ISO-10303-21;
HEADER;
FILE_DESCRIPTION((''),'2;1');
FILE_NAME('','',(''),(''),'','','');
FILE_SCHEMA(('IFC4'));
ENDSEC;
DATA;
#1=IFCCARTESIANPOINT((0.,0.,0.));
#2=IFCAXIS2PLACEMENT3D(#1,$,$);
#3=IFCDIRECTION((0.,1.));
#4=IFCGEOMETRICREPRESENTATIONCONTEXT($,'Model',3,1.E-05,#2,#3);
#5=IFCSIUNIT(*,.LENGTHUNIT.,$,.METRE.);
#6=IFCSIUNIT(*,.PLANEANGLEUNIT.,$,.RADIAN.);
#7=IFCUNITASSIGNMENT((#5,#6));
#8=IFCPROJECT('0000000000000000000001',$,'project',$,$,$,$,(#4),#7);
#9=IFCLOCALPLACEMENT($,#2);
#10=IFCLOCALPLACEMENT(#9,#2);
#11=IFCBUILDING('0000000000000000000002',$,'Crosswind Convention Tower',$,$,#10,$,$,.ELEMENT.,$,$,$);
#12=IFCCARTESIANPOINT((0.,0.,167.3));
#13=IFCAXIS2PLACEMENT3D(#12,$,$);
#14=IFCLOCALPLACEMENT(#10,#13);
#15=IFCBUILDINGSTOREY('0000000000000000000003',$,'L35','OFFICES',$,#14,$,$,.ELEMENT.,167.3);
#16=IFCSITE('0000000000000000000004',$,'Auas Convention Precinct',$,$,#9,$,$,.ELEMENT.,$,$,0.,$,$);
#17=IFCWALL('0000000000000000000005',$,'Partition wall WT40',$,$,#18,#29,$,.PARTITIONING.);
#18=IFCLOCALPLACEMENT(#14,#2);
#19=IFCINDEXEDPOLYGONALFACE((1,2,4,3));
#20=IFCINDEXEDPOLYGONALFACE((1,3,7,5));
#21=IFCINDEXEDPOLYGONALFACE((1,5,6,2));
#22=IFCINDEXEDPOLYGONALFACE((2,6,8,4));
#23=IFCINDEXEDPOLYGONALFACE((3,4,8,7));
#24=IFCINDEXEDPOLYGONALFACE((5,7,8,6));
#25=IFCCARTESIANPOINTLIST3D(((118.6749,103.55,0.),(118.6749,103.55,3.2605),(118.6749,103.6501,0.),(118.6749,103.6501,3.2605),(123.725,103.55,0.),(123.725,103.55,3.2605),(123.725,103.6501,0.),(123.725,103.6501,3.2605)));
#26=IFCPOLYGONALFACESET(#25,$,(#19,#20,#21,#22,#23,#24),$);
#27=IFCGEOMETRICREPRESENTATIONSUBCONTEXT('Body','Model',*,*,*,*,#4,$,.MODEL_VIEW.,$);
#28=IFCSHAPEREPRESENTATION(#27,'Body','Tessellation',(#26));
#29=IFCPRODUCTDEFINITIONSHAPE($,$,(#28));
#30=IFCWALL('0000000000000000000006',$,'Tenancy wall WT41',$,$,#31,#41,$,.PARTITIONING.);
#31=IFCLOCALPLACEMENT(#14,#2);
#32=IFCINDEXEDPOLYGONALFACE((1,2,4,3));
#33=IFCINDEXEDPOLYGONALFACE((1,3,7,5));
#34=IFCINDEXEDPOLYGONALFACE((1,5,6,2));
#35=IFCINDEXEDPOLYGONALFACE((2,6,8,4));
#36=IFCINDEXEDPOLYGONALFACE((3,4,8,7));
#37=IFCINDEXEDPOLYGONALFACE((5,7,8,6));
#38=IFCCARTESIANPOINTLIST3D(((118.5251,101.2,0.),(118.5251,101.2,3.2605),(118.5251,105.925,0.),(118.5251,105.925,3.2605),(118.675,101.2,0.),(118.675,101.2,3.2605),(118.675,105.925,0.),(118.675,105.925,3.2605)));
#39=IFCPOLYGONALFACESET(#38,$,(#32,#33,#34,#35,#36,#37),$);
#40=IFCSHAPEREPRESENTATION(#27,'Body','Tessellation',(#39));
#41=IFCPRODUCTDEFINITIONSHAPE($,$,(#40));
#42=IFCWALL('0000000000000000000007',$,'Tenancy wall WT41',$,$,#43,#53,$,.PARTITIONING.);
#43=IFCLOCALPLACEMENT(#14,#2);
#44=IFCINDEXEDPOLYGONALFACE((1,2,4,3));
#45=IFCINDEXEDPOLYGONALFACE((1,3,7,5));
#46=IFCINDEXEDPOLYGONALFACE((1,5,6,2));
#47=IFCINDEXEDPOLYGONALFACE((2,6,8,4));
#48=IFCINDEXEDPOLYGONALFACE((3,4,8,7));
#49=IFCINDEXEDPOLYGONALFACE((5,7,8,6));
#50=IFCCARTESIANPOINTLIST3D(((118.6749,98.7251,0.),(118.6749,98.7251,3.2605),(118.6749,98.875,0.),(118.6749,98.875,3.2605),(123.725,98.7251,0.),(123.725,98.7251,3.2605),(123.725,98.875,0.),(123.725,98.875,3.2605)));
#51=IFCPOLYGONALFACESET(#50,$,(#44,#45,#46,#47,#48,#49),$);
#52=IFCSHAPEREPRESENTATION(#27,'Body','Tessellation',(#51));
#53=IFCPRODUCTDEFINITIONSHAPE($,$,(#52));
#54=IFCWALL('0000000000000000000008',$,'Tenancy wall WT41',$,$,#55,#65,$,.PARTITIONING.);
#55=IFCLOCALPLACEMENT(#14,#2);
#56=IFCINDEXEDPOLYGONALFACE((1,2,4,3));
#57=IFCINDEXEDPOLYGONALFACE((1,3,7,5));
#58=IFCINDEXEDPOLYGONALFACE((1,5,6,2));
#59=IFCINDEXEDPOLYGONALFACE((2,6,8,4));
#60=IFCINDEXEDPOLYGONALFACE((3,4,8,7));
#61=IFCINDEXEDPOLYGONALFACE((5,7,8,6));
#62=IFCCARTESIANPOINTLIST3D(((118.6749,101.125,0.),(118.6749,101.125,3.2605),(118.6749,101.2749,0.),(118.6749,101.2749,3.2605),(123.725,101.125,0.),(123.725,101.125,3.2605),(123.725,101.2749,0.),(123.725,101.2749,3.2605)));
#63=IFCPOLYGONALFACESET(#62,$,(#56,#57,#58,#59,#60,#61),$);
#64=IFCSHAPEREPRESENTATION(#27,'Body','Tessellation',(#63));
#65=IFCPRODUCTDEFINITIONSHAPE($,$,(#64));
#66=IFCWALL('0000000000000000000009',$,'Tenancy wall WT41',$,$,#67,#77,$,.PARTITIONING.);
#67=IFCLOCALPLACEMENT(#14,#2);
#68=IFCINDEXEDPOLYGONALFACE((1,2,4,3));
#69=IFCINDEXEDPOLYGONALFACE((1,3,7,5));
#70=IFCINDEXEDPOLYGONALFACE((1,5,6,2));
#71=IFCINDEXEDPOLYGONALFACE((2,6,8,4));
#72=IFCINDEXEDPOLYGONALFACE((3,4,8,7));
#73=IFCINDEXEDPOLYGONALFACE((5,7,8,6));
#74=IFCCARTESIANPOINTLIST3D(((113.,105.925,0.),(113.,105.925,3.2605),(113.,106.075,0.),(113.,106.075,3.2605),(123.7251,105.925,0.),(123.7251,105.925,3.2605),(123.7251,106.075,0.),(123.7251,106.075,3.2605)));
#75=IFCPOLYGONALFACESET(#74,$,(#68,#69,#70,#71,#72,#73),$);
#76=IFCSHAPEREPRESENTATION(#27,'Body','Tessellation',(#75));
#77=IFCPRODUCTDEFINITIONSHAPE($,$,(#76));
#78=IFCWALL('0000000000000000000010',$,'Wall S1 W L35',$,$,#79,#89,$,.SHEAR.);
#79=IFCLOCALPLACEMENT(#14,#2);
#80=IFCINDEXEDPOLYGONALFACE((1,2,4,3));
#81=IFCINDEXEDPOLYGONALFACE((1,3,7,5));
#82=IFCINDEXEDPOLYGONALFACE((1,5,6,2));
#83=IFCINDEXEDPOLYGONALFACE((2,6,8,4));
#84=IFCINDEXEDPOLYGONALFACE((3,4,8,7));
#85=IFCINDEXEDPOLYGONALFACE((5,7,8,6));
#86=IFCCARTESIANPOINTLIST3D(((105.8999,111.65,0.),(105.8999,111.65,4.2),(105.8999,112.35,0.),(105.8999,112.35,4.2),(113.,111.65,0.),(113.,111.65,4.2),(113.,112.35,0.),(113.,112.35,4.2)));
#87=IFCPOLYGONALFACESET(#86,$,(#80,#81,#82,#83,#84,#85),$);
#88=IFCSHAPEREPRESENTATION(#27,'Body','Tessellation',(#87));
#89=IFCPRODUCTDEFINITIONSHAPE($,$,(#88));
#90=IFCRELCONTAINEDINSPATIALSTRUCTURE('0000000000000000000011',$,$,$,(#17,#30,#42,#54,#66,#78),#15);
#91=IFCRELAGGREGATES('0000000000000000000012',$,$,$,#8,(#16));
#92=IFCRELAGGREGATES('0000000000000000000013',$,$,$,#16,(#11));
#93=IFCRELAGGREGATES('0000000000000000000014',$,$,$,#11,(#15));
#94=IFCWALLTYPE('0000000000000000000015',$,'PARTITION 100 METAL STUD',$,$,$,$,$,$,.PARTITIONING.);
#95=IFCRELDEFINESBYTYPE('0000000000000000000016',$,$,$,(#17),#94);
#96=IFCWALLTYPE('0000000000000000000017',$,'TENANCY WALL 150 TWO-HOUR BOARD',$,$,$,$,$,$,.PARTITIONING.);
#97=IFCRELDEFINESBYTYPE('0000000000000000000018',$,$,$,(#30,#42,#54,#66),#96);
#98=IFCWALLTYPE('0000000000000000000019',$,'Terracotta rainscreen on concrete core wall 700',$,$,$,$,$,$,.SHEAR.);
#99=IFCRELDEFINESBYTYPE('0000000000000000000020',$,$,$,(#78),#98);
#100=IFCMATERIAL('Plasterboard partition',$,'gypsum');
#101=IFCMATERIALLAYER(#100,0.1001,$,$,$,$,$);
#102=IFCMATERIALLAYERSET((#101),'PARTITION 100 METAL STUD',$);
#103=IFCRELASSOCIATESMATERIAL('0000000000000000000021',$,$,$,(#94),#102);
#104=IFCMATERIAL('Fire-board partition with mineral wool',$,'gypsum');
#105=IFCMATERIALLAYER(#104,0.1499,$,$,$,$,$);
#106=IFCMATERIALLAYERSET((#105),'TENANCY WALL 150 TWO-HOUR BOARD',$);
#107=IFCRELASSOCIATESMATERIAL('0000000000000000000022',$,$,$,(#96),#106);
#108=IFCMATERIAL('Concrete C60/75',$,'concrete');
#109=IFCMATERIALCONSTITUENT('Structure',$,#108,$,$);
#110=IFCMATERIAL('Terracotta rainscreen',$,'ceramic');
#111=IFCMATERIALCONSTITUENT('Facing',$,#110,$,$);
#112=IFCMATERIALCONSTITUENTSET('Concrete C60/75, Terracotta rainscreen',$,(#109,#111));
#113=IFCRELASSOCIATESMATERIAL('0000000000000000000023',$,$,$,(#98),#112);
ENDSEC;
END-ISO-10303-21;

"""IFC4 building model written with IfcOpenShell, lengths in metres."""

from ifc_helpers import new_model, si_unit, direction, frame, frame_2d, origin, place, context, subcontext, project, spatial, rectangle, extrude, material, layer, layer_set, constituent, constituent_set, type_object, element, save


model = new_model("IFC4")

# Units and contexts
model_context = context("Model", 3, precision=1e-05, world=origin(), true_north=direction((0.0, 1.0)))
body_context = subcontext(model_context, "Body", "Model", "MODEL_VIEW")
ifc_project = project(units=[si_unit("LENGTHUNIT", "METRE"), si_unit("PLANEANGLEUNIT", "RADIAN")], contexts=[model_context])

# Site, building, storey
site_placement = place(None, origin())
site = spatial("IfcSite", under=ifc_project, at=site_placement, Name="Auas Convention Precinct", CompositionType="ELEMENT", RefElevation=0.0)
building_placement = place(site_placement, origin())
building = spatial("IfcBuilding", under=site, at=building_placement, Name="Crosswind Convention Tower", CompositionType="ELEMENT")
storey_placement = place(building_placement, frame((0.0, 0.0, 167.3)))
storey = spatial("IfcBuildingStorey", under=building, at=storey_placement, Name="L35", Description="OFFICES", CompositionType="ELEMENT", Elevation=167.3)

# Shared definitions
ifc_material_1 = material(Name="Concrete C60/75", Category="concrete")

# Walls
ifc_material_2 = material(Name="Plasterboard partition", Category="gypsum")
ifc_layer_1 = layer(ifc_material_2, 0.1001)
ifc_layer_set_1 = layer_set([ifc_layer_1], Name="PARTITION 100 METAL STUD")
wall_type_1 = type_object("IfcWallType", Name="PARTITION 100 METAL STUD", PredefinedType="PARTITIONING", material=ifc_layer_set_1)
wall_1_placement = place(storey_placement, frame((118.675, 103.6001, 0.0), z_axis=(0.0, 0.0, 1.0), x_axis=(1.0, 0.0, 0.0)))
element("IfcWall", 1, at=wall_1_placement, inside=storey, type_object=wall_type_1, Name="Partition wall WT40", PredefinedType="PARTITIONING", context=body_context, shape_type="SweptSolid", body=[
    extrude(rectangle(XDim=5.05, YDim=0.1001, at=frame_2d((2.5249, 0.0))), origin(), (0.0, 0.0, 1.0), 3.2605),
])
ifc_material_3 = material(Name="Fire-board partition with mineral wool", Category="gypsum")
ifc_layer_2 = layer(ifc_material_3, 0.1499)
ifc_layer_set_2 = layer_set([ifc_layer_2], Name="TENANCY WALL 150 TWO-HOUR BOARD")
wall_type_2 = type_object("IfcWallType", Name="TENANCY WALL 150 TWO-HOUR BOARD", PredefinedType="PARTITIONING", material=ifc_layer_set_2)
wall_2_placement = place(storey_placement, frame((118.6001, 101.2, 0.0), z_axis=(0.0, 0.0, 1.0), x_axis=(0.0, 1.0, 0.0)))
element("IfcWall", 2, at=wall_2_placement, inside=storey, type_object=wall_type_2, Name="Tenancy wall WT41", PredefinedType="PARTITIONING", context=body_context, shape_type="SweptSolid", body=[
    extrude(rectangle(XDim=4.7251, YDim=0.1499, at=frame_2d((2.3625, 0.0))), origin(), (0.0, 0.0, 1.0), 3.2605),
])
for number, where, z_axis, x_axis, name in (
    (3, (118.675, 98.8, 0.0), (0.0, 0.0, 1.0), (1.0, 0.0, 0.0), "Tenancy wall WT41"),
    (4, (118.675, 101.2, 0.0), (0.0, 0.0, 1.0), (1.0, 0.0, 0.0), "Tenancy wall WT41"),
):
    element("IfcWall", number, at=place(storey_placement, frame(where, z_axis=z_axis, x_axis=x_axis)), inside=storey, type_object=wall_type_2, Name=name, PredefinedType="PARTITIONING", context=body_context, shape_type="SweptSolid", body=[
        extrude(rectangle(XDim=5.05, YDim=0.1499, at=frame_2d((2.5249, 0.0))), origin(), (0.0, 0.0, 1.0), 3.2605),
    ])
wall_3_placement = place(storey_placement, frame((113.0, 106.0, 0.0), z_axis=(0.0, 0.0, 1.0), x_axis=(1.0, 0.0, 0.0)))
element("IfcWall", 5, at=wall_3_placement, inside=storey, type_object=wall_type_2, Name="Tenancy wall WT41", PredefinedType="PARTITIONING", context=body_context, shape_type="SweptSolid", body=[
    extrude(rectangle(XDim=10.7251, YDim=0.1499, at=frame_2d((5.3625, 0.0))), origin(), (0.0, 0.0, 1.0), 3.2605),
])
ifc_constituent_1 = constituent(ifc_material_1, Name="Structure")
ifc_material_4 = material(Name="Terracotta rainscreen", Category="ceramic")
ifc_constituent_2 = constituent(ifc_material_4, Name="Facing")
ifc_constituent_set = constituent_set(constituents=[ifc_constituent_1, ifc_constituent_2], Name="Concrete C60/75, Terracotta rainscreen")
wall_type_3 = type_object("IfcWallType", Name="Terracotta rainscreen on concrete core wall 700", PredefinedType="SHEAR", material=ifc_constituent_set)
wall_4_placement = place(storey_placement, frame((113.0, 112.0, 0.0), z_axis=(0.0, 0.0, 1.0), x_axis=(-1.0, 0.0, 0.0)))
element("IfcWall", 6, at=wall_4_placement, inside=storey, type_object=wall_type_3, Name="Wall S1 W L35", PredefinedType="SHEAR", context=body_context, shape_type="SweptSolid", body=[
    extrude(rectangle(XDim=7.1001, YDim=0.7, at=frame_2d((3.55, 0.0))), origin(), (0.0, 0.0, 1.0), 4.2),
])

save(model, "model.ifc")
